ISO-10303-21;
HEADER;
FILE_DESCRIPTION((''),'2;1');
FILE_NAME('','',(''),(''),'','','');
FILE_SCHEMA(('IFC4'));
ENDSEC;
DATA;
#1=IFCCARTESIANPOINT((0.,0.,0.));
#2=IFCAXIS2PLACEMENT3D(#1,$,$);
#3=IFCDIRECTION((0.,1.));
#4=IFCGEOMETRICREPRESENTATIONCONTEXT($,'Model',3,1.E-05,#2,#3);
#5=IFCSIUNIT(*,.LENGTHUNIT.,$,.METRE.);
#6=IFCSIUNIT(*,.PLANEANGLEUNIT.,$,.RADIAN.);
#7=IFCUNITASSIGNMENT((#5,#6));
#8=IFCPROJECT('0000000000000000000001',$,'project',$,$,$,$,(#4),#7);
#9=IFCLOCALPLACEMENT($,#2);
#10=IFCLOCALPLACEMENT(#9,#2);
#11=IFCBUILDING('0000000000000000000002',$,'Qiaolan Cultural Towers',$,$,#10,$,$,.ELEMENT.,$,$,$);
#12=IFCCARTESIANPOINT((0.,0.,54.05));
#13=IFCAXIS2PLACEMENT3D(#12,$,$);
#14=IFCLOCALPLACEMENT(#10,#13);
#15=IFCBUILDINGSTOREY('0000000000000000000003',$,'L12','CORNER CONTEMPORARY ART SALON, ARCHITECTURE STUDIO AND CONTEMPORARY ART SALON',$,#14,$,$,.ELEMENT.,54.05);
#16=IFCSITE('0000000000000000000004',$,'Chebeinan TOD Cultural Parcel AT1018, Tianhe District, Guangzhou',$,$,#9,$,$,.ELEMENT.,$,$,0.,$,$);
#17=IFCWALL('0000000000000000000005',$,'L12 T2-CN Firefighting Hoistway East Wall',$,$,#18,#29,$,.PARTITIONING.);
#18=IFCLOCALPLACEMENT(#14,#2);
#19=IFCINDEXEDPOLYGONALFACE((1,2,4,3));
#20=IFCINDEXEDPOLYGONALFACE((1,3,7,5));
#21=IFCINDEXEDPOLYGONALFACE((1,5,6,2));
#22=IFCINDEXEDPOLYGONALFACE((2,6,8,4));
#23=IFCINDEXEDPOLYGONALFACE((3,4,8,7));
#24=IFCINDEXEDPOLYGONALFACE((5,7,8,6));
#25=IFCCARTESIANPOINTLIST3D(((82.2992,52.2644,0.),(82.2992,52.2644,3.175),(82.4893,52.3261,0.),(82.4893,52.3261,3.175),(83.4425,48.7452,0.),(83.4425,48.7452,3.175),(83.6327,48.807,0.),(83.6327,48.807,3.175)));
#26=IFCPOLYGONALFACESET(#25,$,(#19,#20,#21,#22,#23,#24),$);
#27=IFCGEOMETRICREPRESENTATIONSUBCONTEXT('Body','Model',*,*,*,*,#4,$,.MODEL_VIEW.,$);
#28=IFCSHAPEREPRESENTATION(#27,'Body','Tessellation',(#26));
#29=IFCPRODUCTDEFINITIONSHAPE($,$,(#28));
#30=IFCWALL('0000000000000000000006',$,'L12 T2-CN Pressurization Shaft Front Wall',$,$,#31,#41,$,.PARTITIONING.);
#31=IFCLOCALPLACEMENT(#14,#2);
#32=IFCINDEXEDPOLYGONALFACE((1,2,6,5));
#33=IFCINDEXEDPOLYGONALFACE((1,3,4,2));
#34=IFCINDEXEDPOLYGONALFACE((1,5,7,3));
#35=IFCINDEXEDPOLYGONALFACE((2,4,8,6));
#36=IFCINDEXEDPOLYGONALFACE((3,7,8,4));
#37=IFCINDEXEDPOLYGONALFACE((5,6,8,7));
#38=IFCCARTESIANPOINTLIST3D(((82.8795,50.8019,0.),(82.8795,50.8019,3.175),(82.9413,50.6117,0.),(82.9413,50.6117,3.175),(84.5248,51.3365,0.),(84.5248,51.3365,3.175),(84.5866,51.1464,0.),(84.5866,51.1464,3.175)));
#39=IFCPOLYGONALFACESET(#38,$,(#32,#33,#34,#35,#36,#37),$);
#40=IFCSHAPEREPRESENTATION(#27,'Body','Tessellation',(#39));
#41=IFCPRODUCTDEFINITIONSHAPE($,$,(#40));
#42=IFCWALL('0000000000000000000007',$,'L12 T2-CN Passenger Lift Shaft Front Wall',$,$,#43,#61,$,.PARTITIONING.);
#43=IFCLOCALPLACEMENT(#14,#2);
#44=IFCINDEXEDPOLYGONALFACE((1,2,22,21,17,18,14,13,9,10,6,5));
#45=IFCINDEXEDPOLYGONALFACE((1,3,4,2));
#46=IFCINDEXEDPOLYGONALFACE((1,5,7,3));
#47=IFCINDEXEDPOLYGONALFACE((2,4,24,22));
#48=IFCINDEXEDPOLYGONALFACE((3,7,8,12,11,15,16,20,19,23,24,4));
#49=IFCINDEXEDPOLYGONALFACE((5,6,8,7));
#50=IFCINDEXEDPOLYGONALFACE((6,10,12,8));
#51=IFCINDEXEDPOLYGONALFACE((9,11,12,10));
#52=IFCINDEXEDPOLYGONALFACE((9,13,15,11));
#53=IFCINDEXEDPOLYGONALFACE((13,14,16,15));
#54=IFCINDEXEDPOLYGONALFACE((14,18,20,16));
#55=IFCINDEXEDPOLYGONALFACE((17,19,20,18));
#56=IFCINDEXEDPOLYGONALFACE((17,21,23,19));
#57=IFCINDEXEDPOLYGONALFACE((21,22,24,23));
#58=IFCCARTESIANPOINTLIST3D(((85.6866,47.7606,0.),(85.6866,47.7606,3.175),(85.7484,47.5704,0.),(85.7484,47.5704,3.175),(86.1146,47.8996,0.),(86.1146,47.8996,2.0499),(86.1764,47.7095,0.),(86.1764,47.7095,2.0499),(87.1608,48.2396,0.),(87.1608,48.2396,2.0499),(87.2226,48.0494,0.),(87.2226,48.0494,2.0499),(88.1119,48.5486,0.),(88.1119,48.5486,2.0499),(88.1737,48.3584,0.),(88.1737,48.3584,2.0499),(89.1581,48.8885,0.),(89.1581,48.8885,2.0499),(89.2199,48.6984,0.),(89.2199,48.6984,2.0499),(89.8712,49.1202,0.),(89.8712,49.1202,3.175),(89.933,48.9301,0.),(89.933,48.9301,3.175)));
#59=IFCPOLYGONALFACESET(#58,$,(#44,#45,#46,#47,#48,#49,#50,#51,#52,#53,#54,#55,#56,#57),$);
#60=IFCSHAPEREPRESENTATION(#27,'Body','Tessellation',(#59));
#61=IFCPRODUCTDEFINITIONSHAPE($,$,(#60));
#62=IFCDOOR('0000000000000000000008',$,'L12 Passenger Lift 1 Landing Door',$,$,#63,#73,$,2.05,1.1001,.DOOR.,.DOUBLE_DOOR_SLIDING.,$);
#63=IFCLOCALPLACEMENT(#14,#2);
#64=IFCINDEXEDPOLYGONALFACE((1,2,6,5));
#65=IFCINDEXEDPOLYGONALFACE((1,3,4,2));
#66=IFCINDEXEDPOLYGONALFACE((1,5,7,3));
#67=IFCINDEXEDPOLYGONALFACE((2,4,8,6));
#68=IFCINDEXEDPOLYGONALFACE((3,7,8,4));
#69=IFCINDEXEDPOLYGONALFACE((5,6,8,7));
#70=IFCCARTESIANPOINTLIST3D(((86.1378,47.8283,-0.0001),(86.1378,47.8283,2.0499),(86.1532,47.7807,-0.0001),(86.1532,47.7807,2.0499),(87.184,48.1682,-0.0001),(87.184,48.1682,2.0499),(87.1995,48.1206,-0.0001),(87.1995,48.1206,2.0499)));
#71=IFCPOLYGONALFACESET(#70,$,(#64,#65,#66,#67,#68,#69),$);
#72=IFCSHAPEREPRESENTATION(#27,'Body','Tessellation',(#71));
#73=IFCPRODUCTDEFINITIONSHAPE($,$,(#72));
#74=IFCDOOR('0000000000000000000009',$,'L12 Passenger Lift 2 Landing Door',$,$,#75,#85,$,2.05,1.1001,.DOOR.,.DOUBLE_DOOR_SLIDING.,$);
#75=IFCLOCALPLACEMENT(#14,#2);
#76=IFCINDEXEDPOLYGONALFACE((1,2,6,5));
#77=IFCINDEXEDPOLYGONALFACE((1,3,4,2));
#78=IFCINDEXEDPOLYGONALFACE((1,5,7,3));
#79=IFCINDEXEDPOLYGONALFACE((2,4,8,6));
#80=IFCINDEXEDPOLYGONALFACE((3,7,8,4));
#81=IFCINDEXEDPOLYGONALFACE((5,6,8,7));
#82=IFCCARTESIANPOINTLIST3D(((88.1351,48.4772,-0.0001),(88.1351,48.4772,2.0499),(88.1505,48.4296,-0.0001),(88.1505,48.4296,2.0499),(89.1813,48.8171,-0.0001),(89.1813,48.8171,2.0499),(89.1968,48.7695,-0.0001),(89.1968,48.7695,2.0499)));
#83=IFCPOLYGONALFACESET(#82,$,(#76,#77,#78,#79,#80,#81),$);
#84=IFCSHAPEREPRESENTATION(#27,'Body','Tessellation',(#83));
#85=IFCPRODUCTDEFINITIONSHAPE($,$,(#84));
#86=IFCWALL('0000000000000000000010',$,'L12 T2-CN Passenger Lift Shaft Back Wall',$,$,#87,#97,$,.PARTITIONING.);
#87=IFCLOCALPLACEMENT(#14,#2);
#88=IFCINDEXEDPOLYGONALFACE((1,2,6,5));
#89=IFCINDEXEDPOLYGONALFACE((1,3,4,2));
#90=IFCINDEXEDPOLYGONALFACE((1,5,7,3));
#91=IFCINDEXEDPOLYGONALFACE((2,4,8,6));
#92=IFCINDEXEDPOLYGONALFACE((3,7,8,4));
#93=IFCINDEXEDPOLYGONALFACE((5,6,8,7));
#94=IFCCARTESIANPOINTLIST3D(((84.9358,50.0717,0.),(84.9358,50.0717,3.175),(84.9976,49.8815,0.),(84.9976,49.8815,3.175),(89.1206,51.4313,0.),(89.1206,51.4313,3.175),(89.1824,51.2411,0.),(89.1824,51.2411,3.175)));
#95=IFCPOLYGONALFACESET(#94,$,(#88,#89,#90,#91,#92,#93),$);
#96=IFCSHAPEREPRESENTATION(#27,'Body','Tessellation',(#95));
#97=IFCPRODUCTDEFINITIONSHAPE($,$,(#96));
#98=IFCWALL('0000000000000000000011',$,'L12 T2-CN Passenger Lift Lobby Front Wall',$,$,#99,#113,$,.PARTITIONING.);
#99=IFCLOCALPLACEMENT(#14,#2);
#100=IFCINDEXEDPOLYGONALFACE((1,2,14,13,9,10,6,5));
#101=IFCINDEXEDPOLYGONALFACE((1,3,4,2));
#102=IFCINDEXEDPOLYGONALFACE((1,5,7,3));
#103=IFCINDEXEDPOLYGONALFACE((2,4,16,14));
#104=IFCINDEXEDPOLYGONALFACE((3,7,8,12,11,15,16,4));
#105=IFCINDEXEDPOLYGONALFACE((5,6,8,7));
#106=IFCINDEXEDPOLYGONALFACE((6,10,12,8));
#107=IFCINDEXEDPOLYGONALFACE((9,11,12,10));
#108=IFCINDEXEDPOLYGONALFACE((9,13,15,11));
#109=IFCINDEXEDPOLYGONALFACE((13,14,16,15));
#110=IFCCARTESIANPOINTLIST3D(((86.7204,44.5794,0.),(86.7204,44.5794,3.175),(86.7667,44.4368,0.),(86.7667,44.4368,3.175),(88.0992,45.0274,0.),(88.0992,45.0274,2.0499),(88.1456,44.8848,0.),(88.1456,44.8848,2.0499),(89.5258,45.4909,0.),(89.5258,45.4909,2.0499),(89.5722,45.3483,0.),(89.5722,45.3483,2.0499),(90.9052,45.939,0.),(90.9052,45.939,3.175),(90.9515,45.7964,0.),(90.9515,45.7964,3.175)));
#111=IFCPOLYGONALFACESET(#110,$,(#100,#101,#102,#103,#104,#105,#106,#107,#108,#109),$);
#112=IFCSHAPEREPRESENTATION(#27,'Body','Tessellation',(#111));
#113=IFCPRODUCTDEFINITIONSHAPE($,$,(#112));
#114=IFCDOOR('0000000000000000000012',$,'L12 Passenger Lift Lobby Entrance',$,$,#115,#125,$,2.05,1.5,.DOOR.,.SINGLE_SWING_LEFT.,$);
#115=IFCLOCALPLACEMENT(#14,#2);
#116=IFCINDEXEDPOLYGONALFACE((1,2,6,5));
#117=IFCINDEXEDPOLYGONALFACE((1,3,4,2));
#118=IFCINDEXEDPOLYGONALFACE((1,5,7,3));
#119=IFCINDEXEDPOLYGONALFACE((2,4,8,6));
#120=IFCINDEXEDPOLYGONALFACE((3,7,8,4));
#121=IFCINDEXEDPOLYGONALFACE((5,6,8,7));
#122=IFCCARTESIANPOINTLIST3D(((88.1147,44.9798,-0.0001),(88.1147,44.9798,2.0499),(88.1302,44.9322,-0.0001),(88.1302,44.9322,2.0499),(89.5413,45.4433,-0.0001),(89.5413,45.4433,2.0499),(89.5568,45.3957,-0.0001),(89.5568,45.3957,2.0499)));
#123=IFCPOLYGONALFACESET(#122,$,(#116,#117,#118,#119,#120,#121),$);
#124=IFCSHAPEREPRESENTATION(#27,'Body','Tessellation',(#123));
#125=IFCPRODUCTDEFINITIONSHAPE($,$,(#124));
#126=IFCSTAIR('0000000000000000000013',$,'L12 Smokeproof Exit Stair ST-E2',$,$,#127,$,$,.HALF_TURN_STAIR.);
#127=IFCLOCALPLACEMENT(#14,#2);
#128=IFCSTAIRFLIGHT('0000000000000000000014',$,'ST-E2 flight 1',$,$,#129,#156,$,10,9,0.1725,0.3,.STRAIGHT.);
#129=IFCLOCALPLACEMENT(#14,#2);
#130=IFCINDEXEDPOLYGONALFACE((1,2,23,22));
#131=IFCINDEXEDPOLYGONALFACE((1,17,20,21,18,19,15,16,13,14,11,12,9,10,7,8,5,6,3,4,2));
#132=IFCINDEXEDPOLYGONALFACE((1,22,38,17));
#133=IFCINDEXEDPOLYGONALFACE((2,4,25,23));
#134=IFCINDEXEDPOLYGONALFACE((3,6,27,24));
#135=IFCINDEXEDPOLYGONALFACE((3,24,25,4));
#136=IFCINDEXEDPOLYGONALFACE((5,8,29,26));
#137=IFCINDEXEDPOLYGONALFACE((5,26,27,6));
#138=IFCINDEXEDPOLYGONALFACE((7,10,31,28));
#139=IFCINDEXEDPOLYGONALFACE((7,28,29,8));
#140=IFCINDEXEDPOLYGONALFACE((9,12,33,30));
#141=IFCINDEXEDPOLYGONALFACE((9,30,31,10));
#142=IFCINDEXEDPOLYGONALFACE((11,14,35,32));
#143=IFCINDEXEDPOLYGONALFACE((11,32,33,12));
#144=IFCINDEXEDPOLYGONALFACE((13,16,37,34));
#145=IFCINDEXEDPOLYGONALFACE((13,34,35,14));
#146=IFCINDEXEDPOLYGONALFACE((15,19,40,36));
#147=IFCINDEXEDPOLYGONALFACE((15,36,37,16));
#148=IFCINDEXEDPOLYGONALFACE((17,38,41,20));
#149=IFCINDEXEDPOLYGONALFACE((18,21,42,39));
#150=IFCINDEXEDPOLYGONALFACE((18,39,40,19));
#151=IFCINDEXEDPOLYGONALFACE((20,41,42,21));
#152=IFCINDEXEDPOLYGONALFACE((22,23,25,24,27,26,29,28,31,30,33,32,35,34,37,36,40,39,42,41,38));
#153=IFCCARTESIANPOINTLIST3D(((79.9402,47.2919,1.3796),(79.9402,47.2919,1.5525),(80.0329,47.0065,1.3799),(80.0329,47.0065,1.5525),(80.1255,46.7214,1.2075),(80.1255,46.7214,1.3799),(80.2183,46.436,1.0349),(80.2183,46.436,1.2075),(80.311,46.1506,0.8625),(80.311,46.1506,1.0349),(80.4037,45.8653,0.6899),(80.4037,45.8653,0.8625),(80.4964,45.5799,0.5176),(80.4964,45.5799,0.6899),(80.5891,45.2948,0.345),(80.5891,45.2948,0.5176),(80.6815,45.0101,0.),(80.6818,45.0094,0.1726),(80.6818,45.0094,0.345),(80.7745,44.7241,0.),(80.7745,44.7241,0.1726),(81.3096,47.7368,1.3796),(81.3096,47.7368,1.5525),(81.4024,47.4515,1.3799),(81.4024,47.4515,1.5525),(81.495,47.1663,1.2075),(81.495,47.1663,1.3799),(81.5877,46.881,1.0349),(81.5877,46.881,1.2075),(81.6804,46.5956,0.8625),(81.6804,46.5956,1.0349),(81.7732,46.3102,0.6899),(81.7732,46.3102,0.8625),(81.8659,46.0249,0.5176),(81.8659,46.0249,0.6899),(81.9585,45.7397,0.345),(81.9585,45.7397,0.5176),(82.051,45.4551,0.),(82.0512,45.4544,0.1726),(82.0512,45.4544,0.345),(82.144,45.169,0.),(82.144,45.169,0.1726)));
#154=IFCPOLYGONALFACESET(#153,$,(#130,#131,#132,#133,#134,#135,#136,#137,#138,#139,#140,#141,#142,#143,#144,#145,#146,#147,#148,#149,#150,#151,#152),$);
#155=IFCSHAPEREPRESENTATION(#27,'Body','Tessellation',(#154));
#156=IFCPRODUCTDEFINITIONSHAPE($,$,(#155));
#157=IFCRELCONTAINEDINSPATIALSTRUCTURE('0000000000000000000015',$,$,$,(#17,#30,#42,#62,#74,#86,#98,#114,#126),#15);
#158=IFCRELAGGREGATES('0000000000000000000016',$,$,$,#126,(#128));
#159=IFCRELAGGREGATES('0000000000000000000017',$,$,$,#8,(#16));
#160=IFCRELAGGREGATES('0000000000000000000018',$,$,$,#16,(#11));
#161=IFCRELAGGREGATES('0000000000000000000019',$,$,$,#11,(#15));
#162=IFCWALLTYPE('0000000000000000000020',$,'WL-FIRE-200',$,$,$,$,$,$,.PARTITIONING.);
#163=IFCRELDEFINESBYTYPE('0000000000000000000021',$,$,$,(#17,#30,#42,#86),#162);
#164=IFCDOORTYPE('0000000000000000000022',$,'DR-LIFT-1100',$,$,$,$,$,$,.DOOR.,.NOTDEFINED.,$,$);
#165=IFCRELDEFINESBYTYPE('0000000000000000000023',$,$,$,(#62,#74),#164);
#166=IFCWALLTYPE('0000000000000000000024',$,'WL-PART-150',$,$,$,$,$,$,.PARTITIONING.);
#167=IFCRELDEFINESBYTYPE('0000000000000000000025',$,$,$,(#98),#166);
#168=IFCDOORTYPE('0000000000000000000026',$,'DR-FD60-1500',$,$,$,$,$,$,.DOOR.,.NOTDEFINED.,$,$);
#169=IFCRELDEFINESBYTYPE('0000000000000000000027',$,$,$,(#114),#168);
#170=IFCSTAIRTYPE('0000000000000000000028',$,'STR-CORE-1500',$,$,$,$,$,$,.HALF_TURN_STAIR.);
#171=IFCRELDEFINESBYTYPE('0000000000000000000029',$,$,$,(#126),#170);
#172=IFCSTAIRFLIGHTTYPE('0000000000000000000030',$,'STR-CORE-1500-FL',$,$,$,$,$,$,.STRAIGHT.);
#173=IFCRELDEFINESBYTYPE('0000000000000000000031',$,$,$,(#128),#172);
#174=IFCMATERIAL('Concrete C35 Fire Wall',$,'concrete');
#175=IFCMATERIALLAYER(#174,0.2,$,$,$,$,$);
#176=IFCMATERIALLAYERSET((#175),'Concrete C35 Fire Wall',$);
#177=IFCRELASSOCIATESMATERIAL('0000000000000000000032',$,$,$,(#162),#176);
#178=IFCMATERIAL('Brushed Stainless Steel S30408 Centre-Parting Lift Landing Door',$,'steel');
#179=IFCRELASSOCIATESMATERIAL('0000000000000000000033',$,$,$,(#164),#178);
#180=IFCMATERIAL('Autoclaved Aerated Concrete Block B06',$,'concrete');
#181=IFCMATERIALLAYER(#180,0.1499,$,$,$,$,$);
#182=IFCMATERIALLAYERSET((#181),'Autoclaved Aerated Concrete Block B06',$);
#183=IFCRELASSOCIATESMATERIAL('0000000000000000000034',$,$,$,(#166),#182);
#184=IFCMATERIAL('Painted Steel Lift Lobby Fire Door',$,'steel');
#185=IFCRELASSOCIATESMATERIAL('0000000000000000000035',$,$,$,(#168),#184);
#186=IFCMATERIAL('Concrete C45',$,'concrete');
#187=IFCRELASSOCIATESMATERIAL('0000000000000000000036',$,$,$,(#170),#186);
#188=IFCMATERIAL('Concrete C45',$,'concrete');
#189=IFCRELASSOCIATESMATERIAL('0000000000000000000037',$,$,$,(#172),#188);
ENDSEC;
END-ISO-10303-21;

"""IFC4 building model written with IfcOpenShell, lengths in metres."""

from ifc_helpers import new_model, si_unit, direction, frame, frame_2d, origin, place, context, subcontext, project, spatial, polyline, rectangle, outline, extrude, material, layer, layer_set, type_object, element, fill, aggregate, save


model = new_model("IFC4")

# Units and contexts
model_context = context("Model", 3, precision=1e-05, world=origin(), true_north=direction((0.0, 1.0)))
body_context = subcontext(model_context, "Body", "Model", "MODEL_VIEW")
ifc_project = project(units=[si_unit("LENGTHUNIT", "METRE"), si_unit("PLANEANGLEUNIT", "RADIAN")], contexts=[model_context])

# Site, building, storey
site_placement = place(None, origin())
site = spatial("IfcSite", under=ifc_project, at=site_placement, Name="Chebeinan TOD Cultural Parcel AT1018, Tianhe District, Guangzhou", CompositionType="ELEMENT", RefElevation=0.0)
building_placement = place(site_placement, origin())
building = spatial("IfcBuilding", under=site, at=building_placement, Name="Qiaolan Cultural Towers", CompositionType="ELEMENT")
storey_placement = place(building_placement, frame((0.0, 0.0, 54.05)))
storey = spatial("IfcBuildingStorey", under=building, at=storey_placement, Name="L12", Description="CORNER CONTEMPORARY ART SALON, ARCHITECTURE STUDIO AND CONTEMPORARY ART SALON", CompositionType="ELEMENT", Elevation=54.05)

# Shared definitions
ifc_material_1 = material(Name="Concrete C35 Fire Wall", Category="concrete")
ifc_layer_1 = layer(ifc_material_1, 0.2)
ifc_layer_set_1 = layer_set([ifc_layer_1], Name="Concrete C35 Fire Wall")
wall_type_1 = type_object("IfcWallType", Name="WL-FIRE-200", PredefinedType="PARTITIONING", material=ifc_layer_set_1)

# Shared definitions
ifc_material_2 = material(Name="Brushed Stainless Steel S30408 Centre-Parting Lift Landing Door", Category="steel")
door_type_1 = type_object("IfcDoorType", Name="DR-LIFT-1100", OperationType="NOTDEFINED", PredefinedType="DOOR", material=ifc_material_2)

# Walls
wall_1_placement = place(storey_placement, frame((83.5376, 48.7761, 0.0), z_axis=(0.0, 0.0, 1.0), x_axis=(-0.308994, 0.951064, 0.0)))
element("IfcWall", 1, at=wall_1_placement, inside=storey, type_object=wall_type_1, Name="L12 T2-CN Firefighting Hoistway East Wall", PredefinedType="PARTITIONING", context=body_context, shape_type="SweptSolid", body=[
    extrude(rectangle(XDim=3.7002, YDim=0.2, at=frame_2d((1.8501, 0.0))), origin(), (0.0, 0.0, 1.0), 3.175),
])
wall_2_placement = place(storey_placement, frame((82.9104, 50.7068, 0.0), z_axis=(0.0, 0.0, 1.0), x_axis=(0.951041, 0.309064, 0.0)))
element("IfcWall", 2, at=wall_2_placement, inside=storey, type_object=wall_type_1, Name="L12 T2-CN Pressurization Shaft Front Wall", PredefinedType="PARTITIONING", context=body_context, shape_type="SweptSolid", body=[
    extrude(rectangle(XDim=1.73, YDim=0.2, at=frame_2d((0.865, 0.0))), origin(), (0.0, 0.0, 1.0), 3.175),
])

# Wall, openings, doors
wall_3_placement = place(storey_placement, frame((85.7175, 47.6655, 0.0), z_axis=(0.0, 0.0, 1.0), x_axis=(0.951059, 0.309011, 0.0)))
wall_3 = element("IfcWall", 3, at=wall_3_placement, inside=storey, type_object=wall_type_1, Name="L12 T2-CN Passenger Lift Shaft Front Wall", PredefinedType="PARTITIONING", context=body_context, shape_type="SweptSolid", body=[
    extrude(rectangle(XDim=4.3999, YDim=0.2, at=frame_2d((2.2, 0.0))), origin(), (0.0, 0.0, 1.0), 3.175),
])
opening_1_placement = place(wall_3_placement, frame((0.45, 0.0, 0.0)))
opening_1 = element("IfcOpeningElement", 4, at=opening_1_placement, cuts=wall_3, PredefinedType="OPENING", context=body_context, shape_type="SweptSolid", body=[
    extrude(rectangle(XDim=1.1001, YDim=2.05, at=frame_2d((0.55, 1.0249))), frame((0.0, 0.1099, 0.0), z_axis=(0.0, -1.0, 0.0), x_axis=(1.0, 0.0, 0.0)), (0.0, 0.0, 1.0), 0.22),
])
opening_2_placement = place(wall_3_placement, frame((2.55, 0.0, 0.0)))
opening_2 = element("IfcOpeningElement", 5, at=opening_2_placement, cuts=wall_3, PredefinedType="OPENING", context=body_context, shape_type="SweptSolid", body=[
    extrude(rectangle(XDim=1.1001, YDim=2.05, at=frame_2d((0.55, 1.0249))), frame((0.0, 0.1099, 0.0), z_axis=(0.0, -1.0, 0.0), x_axis=(1.0, 0.0, 0.0)), (0.0, 0.0, 1.0), 0.22),
])
door_1_placement = place(opening_1_placement, origin())
door_1 = element("IfcDoor", 6, at=door_1_placement, inside=storey, type_object=door_type_1, Name="L12 Passenger Lift 1 Landing Door", OperationType="DOUBLE_DOOR_SLIDING", OverallHeight=2.05, OverallWidth=1.1001, PredefinedType="DOOR", context=body_context, shape_type="SweptSolid", body=[
    extrude(rectangle(XDim=1.1001, YDim=2.05, at=frame_2d((0.55, 1.0249))), frame((0.0, 0.0249, 0.0), z_axis=(0.0, -1.0, 0.0), x_axis=(1.0, 0.0, 0.0)), (0.0, 0.0, 1.0), 0.05),
])
fill(opening_1, door_1)
door_2_placement = place(opening_2_placement, origin())
door_2 = element("IfcDoor", 7, at=door_2_placement, inside=storey, type_object=door_type_1, Name="L12 Passenger Lift 2 Landing Door", OperationType="DOUBLE_DOOR_SLIDING", OverallHeight=2.05, OverallWidth=1.1001, PredefinedType="DOOR", context=body_context, shape_type="SweptSolid", body=[
    extrude(rectangle(XDim=1.1001, YDim=2.05, at=frame_2d((0.55, 1.0249))), frame((0.0, 0.0249, 0.0), z_axis=(0.0, -1.0, 0.0), x_axis=(1.0, 0.0, 0.0)), (0.0, 0.0, 1.0), 0.05),
])
fill(opening_2, door_2)

# Wall
wall_4_placement = place(storey_placement, frame((84.9666, 49.9766, 0.0), z_axis=(0.0, 0.0, 1.0), x_axis=(0.951064, 0.308994, 0.0)))
element("IfcWall", 8, at=wall_4_placement, inside=storey, type_object=wall_type_1, Name="L12 T2-CN Passenger Lift Shaft Back Wall", PredefinedType="PARTITIONING", context=body_context, shape_type="SweptSolid", body=[
    extrude(rectangle(XDim=4.4001, YDim=0.2, at=frame_2d((2.2002, 0.0))), origin(), (0.0, 0.0, 1.0), 3.175),
])

# Wall, opening, door
ifc_material_3 = material(Name="Autoclaved Aerated Concrete Block B06", Category="concrete")
ifc_layer_2 = layer(ifc_material_3, 0.1499)
ifc_layer_set_2 = layer_set([ifc_layer_2], Name="Autoclaved Aerated Concrete Block B06")
wall_type_2 = type_object("IfcWallType", Name="WL-PART-150", PredefinedType="PARTITIONING", material=ifc_layer_set_2)
wall_5_placement = place(storey_placement, frame((86.7434, 44.5081, 0.0), z_axis=(0.0, 0.0, 1.0), x_axis=(0.951064, 0.308994, 0.0)))
wall_5 = element("IfcWall", 9, at=wall_5_placement, inside=storey, type_object=wall_type_2, Name="L12 T2-CN Passenger Lift Lobby Front Wall", PredefinedType="PARTITIONING", context=body_context, shape_type="SweptSolid", body=[
    extrude(rectangle(XDim=4.4001, YDim=0.1499, at=frame_2d((2.2002, 0.0))), origin(), (0.0, 0.0, 1.0), 3.175),
])
opening_3_placement = place(wall_5_placement, frame((1.45, 0.0, 0.0)))
opening_3 = element("IfcOpeningElement", 10, at=opening_3_placement, cuts=wall_5, PredefinedType="OPENING", context=body_context, shape_type="SweptSolid", body=[
    extrude(rectangle(XDim=1.5, YDim=2.05, at=frame_2d((0.75, 1.0249))), frame((0.0, 0.085, 0.0), z_axis=(0.0, -1.0, 0.0), x_axis=(1.0, 0.0, 0.0)), (0.0, 0.0, 1.0), 0.1699),
])
ifc_material_4 = material(Name="Painted Steel Lift Lobby Fire Door", Category="steel")
door_type_2 = type_object("IfcDoorType", Name="DR-FD60-1500", OperationType="NOTDEFINED", PredefinedType="DOOR", material=ifc_material_4)
door_3_placement = place(opening_3_placement, origin())
door_3 = element("IfcDoor", 11, at=door_3_placement, inside=storey, type_object=door_type_2, Name="L12 Passenger Lift Lobby Entrance", OperationType="SINGLE_SWING_LEFT", OverallHeight=2.05, OverallWidth=1.5, PredefinedType="DOOR", context=body_context, shape_type="SweptSolid", body=[
    extrude(rectangle(XDim=1.5, YDim=2.05, at=frame_2d((0.75, 1.0249))), frame((0.0, 0.0249, 0.0), z_axis=(0.0, -1.0, 0.0), x_axis=(1.0, 0.0, 0.0)), (0.0, 0.0, 1.0), 0.05),
])
fill(opening_3, door_3)

# Stair, stair flight
ifc_material_5 = material(Name="Concrete C45", Category="concrete")
stair_type = type_object("IfcStairType", Name="STR-CORE-1500", PredefinedType="HALF_TURN_STAIR", material=ifc_material_5)
stair_placement = place(storey_placement, origin())
stair = element("IfcStair", 12, at=stair_placement, inside=storey, type_object=stair_type, Name="L12 Smokeproof Exit Stair ST-E2", PredefinedType="HALF_TURN_STAIR")
ifc_material_6 = material(Name="Concrete C45", Category="concrete")
stair_flight_type = type_object("IfcStairFlightType", Name="STR-CORE-1500-FL", PredefinedType="STRAIGHT", material=ifc_material_6)
stair_flight_1_placement = place(storey_placement, frame((81.4592, 44.9465, 0.0), z_axis=(0.0, 0.0, 1.0), x_axis=(-0.309017, 0.951057, 0.0)))
stair_flight_1 = element("IfcStairFlight", 13, at=stair_flight_1_placement, type_object=stair_flight_type, Name="ST-E2 flight 1", NumberOfRisers=10, NumberOfTreads=9, PredefinedType="STRAIGHT", RiserHeight=0.1725, TreadLength=0.3, context=body_context, shape_type="SweptSolid", body=[
    extrude(outline(polyline([(0.0, 0.0), (0.0, 0.1726), (0.3, 0.1726), (0.3, 0.345), (0.6001, 0.345), (0.6001, 0.5176), (0.8999, 0.5176), (0.8999, 0.6899), (1.2, 0.6899), (1.2, 0.8625), (1.5, 0.8625), (1.5, 1.0349), (1.8, 1.0349), (1.8, 1.2075), (2.1001, 1.2075), (2.1001, 1.3799), (2.3999, 1.3799), (2.3999, 1.5525), (2.7, 1.5525), (2.7, 1.7251), (2.7, 1.3796), (0.3008, 0.0), (0.0, 0.0)])), frame((0.0, 0.72, 0.0), z_axis=(0.0, -1.0, 0.0), x_axis=(1.0, 0.0, 0.0)), (0.0, 0.0, 1.0), 1.4399),
])
aggregate(stair, [stair_flight_1])

save(model, "model.ifc")
